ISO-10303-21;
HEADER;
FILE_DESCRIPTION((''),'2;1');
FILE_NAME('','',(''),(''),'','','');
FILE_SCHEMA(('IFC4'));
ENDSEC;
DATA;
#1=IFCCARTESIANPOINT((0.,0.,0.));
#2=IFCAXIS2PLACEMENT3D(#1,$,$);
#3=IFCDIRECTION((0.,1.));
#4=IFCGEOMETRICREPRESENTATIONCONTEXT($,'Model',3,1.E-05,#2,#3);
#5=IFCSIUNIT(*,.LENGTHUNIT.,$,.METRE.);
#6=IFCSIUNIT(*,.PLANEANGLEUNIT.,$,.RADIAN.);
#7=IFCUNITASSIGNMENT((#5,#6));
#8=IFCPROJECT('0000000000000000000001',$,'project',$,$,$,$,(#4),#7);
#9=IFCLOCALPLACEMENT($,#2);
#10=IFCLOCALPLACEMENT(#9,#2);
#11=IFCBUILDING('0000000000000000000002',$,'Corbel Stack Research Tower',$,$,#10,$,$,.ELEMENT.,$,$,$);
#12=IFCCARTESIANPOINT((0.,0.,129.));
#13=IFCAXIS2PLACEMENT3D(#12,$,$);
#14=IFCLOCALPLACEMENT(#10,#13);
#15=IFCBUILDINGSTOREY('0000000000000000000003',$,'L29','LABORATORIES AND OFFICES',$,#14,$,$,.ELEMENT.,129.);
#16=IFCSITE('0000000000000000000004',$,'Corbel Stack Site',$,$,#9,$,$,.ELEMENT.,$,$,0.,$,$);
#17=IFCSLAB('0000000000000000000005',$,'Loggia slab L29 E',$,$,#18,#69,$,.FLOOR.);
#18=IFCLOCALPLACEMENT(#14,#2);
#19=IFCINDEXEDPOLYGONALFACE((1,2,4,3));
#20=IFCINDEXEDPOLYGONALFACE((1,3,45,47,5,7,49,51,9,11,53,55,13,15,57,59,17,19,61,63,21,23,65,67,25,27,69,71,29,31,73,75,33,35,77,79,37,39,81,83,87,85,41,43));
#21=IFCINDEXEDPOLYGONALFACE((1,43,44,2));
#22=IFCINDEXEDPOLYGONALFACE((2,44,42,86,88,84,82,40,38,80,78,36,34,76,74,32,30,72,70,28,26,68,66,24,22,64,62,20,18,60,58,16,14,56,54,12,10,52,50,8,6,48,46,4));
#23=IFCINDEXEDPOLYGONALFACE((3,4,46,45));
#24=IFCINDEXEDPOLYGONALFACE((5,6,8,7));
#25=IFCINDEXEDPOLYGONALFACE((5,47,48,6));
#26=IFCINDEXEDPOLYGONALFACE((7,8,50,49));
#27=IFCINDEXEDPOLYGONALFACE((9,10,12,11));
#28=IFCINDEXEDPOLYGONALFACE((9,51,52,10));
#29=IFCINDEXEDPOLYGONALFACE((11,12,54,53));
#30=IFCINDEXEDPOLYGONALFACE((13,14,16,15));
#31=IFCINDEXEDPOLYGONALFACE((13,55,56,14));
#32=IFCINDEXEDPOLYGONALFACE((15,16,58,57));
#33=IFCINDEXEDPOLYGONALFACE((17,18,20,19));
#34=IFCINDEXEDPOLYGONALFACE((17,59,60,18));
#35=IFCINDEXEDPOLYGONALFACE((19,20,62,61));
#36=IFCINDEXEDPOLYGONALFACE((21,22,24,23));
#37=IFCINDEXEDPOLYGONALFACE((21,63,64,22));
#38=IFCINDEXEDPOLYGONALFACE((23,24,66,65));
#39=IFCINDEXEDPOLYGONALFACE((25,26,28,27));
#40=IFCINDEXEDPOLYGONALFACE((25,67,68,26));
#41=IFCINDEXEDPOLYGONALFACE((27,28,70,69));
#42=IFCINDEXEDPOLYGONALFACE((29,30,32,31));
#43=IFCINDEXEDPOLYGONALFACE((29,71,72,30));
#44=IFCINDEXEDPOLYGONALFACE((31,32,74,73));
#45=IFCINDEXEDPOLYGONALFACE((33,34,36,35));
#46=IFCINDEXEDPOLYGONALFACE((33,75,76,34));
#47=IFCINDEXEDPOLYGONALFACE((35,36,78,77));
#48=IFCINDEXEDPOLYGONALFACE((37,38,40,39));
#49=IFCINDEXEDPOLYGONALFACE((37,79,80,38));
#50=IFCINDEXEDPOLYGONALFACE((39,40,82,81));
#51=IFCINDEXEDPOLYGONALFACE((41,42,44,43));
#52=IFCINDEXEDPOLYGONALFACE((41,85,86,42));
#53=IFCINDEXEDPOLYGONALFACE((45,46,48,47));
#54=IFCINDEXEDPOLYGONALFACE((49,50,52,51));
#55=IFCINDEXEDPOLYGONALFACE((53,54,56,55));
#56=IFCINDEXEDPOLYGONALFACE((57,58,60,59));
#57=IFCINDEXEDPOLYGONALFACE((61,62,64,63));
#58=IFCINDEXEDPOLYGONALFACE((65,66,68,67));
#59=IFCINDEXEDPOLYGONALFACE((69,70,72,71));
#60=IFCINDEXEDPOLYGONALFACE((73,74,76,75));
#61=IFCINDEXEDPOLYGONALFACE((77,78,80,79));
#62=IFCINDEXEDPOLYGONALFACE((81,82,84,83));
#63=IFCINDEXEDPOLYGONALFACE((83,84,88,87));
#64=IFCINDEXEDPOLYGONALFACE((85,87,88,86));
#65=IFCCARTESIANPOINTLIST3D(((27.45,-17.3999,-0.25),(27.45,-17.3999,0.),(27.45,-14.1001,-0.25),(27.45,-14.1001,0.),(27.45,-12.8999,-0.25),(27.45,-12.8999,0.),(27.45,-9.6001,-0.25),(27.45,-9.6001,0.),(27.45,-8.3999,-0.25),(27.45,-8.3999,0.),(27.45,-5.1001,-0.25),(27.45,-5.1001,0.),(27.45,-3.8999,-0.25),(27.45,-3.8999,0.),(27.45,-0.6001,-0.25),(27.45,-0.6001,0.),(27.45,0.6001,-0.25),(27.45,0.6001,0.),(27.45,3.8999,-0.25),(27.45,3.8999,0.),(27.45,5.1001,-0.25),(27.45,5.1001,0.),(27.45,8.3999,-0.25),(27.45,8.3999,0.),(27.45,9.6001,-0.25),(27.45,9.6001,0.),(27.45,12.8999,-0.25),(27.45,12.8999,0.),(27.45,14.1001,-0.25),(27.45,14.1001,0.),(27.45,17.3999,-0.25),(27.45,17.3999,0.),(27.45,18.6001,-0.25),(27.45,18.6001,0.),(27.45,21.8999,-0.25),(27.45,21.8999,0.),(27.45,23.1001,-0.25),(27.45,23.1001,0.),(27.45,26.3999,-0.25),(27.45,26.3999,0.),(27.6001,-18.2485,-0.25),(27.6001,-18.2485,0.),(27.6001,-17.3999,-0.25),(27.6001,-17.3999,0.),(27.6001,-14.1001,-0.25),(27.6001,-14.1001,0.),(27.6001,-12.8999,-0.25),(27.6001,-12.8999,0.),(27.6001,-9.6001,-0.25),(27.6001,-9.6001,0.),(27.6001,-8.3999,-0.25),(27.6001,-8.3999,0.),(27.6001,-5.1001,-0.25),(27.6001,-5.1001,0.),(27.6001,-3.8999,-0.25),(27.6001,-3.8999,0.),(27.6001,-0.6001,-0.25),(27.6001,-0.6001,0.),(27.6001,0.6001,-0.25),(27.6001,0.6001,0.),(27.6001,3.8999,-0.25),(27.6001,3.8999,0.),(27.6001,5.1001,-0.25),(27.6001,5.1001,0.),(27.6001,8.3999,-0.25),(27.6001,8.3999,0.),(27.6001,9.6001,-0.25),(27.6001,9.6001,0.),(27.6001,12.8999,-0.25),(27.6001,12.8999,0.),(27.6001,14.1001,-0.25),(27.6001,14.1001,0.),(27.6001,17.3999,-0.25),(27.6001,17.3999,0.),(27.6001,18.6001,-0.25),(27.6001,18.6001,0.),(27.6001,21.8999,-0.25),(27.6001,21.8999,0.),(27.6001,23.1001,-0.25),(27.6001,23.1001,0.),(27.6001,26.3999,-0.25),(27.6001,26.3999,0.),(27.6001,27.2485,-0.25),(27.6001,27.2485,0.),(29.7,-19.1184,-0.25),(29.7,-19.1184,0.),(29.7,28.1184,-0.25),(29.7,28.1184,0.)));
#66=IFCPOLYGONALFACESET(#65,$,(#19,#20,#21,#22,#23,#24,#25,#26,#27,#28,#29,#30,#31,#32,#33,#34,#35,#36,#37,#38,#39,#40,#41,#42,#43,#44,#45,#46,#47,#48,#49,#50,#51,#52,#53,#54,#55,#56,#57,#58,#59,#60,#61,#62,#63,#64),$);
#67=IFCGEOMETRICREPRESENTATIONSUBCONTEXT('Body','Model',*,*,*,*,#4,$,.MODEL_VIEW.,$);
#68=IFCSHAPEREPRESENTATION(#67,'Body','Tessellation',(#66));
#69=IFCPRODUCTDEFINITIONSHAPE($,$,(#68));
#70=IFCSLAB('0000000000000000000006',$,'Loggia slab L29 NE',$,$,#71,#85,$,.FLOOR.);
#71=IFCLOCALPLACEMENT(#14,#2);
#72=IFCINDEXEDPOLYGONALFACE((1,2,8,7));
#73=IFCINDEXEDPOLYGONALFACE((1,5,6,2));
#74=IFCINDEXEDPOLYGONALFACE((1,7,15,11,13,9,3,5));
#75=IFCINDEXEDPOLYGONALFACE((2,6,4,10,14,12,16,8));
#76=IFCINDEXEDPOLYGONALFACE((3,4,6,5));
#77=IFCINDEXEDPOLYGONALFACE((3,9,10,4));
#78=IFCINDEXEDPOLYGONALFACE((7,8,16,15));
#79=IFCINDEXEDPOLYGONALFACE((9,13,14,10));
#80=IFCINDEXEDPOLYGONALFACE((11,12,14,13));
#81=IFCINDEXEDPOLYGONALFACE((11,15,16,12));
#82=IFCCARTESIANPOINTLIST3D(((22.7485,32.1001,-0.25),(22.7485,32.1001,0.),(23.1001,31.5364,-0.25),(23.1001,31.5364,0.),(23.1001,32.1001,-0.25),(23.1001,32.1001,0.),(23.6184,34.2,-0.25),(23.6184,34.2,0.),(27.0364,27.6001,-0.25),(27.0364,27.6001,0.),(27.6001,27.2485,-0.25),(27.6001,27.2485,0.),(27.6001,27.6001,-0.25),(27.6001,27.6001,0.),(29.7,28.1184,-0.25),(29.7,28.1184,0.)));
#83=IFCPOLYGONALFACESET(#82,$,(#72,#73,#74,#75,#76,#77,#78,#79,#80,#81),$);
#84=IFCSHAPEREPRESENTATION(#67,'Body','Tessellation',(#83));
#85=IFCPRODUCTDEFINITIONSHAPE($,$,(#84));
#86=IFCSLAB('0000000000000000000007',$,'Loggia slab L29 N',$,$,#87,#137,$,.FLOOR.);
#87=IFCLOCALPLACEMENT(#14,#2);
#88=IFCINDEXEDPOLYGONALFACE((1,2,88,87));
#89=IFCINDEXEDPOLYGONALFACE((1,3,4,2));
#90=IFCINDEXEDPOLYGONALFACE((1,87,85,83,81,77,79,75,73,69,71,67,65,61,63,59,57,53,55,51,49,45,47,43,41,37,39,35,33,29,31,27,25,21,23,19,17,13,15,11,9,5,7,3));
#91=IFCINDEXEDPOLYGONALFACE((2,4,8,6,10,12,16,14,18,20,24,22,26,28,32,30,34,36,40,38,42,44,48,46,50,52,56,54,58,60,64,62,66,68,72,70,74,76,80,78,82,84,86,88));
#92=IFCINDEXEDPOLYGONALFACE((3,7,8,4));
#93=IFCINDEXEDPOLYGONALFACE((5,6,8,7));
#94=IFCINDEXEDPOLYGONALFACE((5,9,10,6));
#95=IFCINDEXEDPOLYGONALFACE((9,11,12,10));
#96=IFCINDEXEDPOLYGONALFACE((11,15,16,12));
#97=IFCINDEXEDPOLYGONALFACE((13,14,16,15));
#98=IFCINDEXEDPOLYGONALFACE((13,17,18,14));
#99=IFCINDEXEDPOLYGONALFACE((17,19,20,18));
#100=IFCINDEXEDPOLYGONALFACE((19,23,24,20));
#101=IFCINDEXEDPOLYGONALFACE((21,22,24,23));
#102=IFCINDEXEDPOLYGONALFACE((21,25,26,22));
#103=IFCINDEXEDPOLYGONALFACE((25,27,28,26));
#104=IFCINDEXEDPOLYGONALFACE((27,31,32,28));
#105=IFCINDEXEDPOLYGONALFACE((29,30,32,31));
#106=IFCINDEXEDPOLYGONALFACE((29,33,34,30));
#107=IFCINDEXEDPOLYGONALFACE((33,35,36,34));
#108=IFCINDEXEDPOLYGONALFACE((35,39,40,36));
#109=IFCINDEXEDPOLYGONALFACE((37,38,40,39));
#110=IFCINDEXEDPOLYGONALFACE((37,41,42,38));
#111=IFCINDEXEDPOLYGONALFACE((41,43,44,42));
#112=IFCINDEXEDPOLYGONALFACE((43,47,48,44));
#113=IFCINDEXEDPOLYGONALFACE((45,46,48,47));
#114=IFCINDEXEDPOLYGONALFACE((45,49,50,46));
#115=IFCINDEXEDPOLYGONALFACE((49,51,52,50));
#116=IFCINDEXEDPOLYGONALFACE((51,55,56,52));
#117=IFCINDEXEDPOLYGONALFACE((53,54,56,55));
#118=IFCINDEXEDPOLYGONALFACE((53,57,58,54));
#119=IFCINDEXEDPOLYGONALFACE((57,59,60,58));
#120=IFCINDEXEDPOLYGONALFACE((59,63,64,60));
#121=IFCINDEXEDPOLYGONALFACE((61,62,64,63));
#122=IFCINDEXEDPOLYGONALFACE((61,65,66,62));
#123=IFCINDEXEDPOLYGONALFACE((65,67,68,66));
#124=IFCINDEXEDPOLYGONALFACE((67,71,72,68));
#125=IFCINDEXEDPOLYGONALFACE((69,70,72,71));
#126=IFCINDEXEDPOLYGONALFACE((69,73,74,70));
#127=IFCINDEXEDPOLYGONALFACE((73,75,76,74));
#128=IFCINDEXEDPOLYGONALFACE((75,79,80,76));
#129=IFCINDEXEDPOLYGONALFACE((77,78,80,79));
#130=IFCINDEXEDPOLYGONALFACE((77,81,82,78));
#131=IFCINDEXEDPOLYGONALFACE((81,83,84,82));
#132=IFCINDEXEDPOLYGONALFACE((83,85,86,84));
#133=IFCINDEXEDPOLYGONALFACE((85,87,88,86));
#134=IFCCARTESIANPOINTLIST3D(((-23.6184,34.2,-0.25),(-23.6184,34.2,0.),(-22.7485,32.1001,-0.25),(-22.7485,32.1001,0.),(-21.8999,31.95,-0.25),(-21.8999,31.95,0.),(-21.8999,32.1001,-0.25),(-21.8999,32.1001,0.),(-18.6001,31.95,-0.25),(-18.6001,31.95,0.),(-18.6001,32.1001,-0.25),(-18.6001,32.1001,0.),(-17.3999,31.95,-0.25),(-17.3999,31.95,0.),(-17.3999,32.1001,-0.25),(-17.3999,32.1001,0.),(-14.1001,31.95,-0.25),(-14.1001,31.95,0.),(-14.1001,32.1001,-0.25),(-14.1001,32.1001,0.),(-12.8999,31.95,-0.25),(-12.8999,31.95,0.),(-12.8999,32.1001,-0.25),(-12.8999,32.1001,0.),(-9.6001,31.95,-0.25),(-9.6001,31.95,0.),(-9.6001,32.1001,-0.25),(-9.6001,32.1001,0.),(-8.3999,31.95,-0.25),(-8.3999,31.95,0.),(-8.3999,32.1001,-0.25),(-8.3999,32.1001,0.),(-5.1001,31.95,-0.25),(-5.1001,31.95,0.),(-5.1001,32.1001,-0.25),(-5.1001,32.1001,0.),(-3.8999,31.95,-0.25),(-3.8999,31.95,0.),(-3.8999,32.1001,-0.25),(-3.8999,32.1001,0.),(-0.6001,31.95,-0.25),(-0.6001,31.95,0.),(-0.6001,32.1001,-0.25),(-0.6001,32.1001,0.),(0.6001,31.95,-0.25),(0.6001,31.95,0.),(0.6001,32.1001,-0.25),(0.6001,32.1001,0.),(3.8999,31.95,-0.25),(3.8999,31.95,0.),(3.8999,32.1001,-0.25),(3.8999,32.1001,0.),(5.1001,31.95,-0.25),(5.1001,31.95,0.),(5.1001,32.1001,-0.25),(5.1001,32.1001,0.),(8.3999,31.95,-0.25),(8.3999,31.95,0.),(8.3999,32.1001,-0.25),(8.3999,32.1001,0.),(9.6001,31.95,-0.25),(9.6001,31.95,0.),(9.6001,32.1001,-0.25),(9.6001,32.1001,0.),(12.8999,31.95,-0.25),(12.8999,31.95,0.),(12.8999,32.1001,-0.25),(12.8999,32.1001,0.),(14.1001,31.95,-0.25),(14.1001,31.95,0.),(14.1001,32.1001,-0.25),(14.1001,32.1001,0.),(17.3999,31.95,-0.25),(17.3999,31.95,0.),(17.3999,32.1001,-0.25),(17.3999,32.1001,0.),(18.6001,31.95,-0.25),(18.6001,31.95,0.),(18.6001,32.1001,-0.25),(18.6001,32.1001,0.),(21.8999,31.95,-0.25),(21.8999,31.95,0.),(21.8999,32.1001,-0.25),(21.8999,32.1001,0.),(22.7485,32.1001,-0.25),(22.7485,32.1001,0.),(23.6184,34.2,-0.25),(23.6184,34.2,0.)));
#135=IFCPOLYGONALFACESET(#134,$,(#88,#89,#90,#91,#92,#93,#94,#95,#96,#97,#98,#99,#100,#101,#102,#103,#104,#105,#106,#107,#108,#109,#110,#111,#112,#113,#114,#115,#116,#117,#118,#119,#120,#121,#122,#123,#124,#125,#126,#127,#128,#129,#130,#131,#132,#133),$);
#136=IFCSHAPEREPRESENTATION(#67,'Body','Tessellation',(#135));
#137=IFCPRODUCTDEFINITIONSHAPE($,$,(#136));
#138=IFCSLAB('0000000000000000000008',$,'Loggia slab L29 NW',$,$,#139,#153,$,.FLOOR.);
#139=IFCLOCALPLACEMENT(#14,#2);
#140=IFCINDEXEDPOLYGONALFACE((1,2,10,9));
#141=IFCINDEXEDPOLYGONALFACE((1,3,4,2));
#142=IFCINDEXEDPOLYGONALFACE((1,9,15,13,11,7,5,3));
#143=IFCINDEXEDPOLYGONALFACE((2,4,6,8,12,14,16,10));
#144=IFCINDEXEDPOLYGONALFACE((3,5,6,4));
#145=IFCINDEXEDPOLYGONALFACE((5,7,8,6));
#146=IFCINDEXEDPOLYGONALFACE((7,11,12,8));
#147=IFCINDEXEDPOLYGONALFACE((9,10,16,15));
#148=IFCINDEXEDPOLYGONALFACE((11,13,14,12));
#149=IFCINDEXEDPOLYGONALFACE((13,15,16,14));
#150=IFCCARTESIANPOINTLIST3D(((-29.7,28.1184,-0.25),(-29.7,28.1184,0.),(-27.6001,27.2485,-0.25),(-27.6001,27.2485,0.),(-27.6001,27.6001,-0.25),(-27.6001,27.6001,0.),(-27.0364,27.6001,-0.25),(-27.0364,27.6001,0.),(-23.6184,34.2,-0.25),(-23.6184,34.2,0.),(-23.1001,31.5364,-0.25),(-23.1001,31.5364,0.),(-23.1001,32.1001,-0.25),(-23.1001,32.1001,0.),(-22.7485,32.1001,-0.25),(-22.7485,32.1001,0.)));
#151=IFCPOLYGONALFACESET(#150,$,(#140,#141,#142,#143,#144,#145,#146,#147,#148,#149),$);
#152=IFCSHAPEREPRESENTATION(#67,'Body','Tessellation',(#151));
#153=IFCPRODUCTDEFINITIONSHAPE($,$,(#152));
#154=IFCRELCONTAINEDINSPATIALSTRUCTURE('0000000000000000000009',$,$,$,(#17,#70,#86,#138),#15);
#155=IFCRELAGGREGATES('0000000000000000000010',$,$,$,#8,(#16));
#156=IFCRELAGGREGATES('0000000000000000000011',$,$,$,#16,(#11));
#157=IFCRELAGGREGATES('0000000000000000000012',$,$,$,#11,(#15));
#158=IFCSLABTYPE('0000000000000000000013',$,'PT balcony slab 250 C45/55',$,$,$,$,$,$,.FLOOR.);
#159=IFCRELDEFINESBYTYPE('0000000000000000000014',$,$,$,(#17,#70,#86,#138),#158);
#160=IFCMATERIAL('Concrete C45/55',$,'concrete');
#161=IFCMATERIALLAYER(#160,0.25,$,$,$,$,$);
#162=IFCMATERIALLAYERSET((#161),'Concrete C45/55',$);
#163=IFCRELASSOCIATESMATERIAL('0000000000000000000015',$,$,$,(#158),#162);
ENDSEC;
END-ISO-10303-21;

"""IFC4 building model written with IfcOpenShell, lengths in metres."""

from ifc_helpers import new_model, si_unit, direction, frame, origin, place, context, subcontext, project, spatial, polyline, outline, extrude, material, layer, layer_set, type_object, element, save


model = new_model("IFC4")

# Units and contexts
model_context = context("Model", 3, precision=1e-05, world=origin(), true_north=direction((0.0, 1.0)))
body_context = subcontext(model_context, "Body", "Model", "MODEL_VIEW")
ifc_project = project(units=[si_unit("LENGTHUNIT", "METRE"), si_unit("PLANEANGLEUNIT", "RADIAN")], contexts=[model_context])

# Site, building, storey
site_placement = place(None, origin())
site = spatial("IfcSite", under=ifc_project, at=site_placement, Name="Corbel Stack Site", CompositionType="ELEMENT", RefElevation=0.0)
building_placement = place(site_placement, origin())
building = spatial("IfcBuilding", under=site, at=building_placement, Name="Corbel Stack Research Tower", CompositionType="ELEMENT")
storey_placement = place(building_placement, frame((0.0, 0.0, 129.0)))
storey = spatial("IfcBuildingStorey", under=building, at=storey_placement, Name="L29", Description="LABORATORIES AND OFFICES", CompositionType="ELEMENT", Elevation=129.0)

# Slabs
ifc_material_1 = material(Name="Concrete C45/55", Category="concrete")
ifc_layer_1 = layer(ifc_material_1, 0.25)
ifc_layer_set_1 = layer_set([ifc_layer_1], Name="Concrete C45/55")
slab_type_1 = type_object("IfcSlabType", Name="PT balcony slab 250 C45/55", PredefinedType="FLOOR", material=ifc_layer_set_1)
slab_1_placement = place(storey_placement, frame((0.0, 0.0, -0.25)))
element("IfcSlab", 1, at=slab_1_placement, inside=storey, type_object=slab_type_1, Name="Loggia slab L29 E", PredefinedType="FLOOR", context=body_context, shape_type="SweptSolid", body=[
    extrude(outline(polyline([(27.6001, 27.2485), (27.6001, 26.3999), (27.45, 26.3999), (27.45, 23.1001), (27.6001, 23.1001), (27.6001, 21.8999), (27.45, 21.8999), (27.45, 18.6001), (27.6001, 18.6001), (27.6001, 17.3999), (27.45, 17.3999), (27.45, 14.1001), (27.6001, 14.1001), (27.6001, 12.8999), (27.45, 12.8999), (27.45, 9.6001), (27.6001, 9.6001), (27.6001, 8.3999), (27.45, 8.3999), (27.45, 5.1001), (27.6001, 5.1001), (27.6001, 3.8999), (27.45, 3.8999), (27.45, 0.6001), (27.6001, 0.6001), (27.6001, -0.6001), (27.45, -0.6001), (27.45, -3.8999), (27.6001, -3.8999), (27.6001, -5.1001), (27.45, -5.1001), (27.45, -8.3999), (27.6001, -8.3999), (27.6001, -9.6001), (27.45, -9.6001), (27.45, -12.8999), (27.6001, -12.8999), (27.6001, -14.1001), (27.45, -14.1001), (27.45, -17.3999), (27.6001, -17.3999), (27.6001, -18.2485), (29.7, -19.1184), (29.7, 28.1184), (27.6001, 27.2485)])), origin(), (0.0, 0.0, 1.0), 0.25),
])
slab_2_placement = place(storey_placement, frame((0.0, 0.0, -0.25)))
element("IfcSlab", 2, at=slab_2_placement, inside=storey, type_object=slab_type_1, Name="Loggia slab L29 NE", PredefinedType="FLOOR", context=body_context, shape_type="SweptSolid", body=[
    extrude(outline(polyline([(22.7485, 32.1001), (23.1001, 32.1001), (23.1001, 31.5364), (27.0364, 27.6001), (27.6001, 27.6001), (27.6001, 27.2485), (29.7, 28.1184), (23.6184, 34.2), (22.7485, 32.1001)])), origin(), (0.0, 0.0, 1.0), 0.25),
])
slab_3_placement = place(storey_placement, frame((0.0, 0.0, -0.25)))
element("IfcSlab", 3, at=slab_3_placement, inside=storey, type_object=slab_type_1, Name="Loggia slab L29 N", PredefinedType="FLOOR", context=body_context, shape_type="SweptSolid", body=[
    extrude(outline(polyline([(-22.7485, 32.1001), (-21.8999, 32.1001), (-21.8999, 31.95), (-18.6001, 31.95), (-18.6001, 32.1001), (-17.3999, 32.1001), (-17.3999, 31.95), (-14.1001, 31.95), (-14.1001, 32.1001), (-12.8999, 32.1001), (-12.8999, 31.95), (-9.6001, 31.95), (-9.6001, 32.1001), (-8.3999, 32.1001), (-8.3999, 31.95), (-5.1001, 31.95), (-5.1001, 32.1001), (-3.8999, 32.1001), (-3.8999, 31.95), (-0.6001, 31.95), (-0.6001, 32.1001), (0.6001, 32.1001), (0.6001, 31.95), (3.8999, 31.95), (3.8999, 32.1001), (5.1001, 32.1001), (5.1001, 31.95), (8.3999, 31.95), (8.3999, 32.1001), (9.6001, 32.1001), (9.6001, 31.95), (12.8999, 31.95), (12.8999, 32.1001), (14.1001, 32.1001), (14.1001, 31.95), (17.3999, 31.95), (17.3999, 32.1001), (18.6001, 32.1001), (18.6001, 31.95), (21.8999, 31.95), (21.8999, 32.1001), (22.7485, 32.1001), (23.6184, 34.2), (-23.6184, 34.2), (-22.7485, 32.1001)])), origin(), (0.0, 0.0, 1.0), 0.25),
])
slab_4_placement = place(storey_placement, frame((0.0, 0.0, -0.25)))
element("IfcSlab", 4, at=slab_4_placement, inside=storey, type_object=slab_type_1, Name="Loggia slab L29 NW", PredefinedType="FLOOR", context=body_context, shape_type="SweptSolid", body=[
    extrude(outline(polyline([(-27.6001, 27.2485), (-27.6001, 27.6001), (-27.0364, 27.6001), (-23.1001, 31.5364), (-23.1001, 32.1001), (-22.7485, 32.1001), (-23.6184, 34.2), (-29.7, 28.1184), (-27.6001, 27.2485)])), origin(), (0.0, 0.0, 1.0), 0.25),
])

save(model, "model.ifc")
